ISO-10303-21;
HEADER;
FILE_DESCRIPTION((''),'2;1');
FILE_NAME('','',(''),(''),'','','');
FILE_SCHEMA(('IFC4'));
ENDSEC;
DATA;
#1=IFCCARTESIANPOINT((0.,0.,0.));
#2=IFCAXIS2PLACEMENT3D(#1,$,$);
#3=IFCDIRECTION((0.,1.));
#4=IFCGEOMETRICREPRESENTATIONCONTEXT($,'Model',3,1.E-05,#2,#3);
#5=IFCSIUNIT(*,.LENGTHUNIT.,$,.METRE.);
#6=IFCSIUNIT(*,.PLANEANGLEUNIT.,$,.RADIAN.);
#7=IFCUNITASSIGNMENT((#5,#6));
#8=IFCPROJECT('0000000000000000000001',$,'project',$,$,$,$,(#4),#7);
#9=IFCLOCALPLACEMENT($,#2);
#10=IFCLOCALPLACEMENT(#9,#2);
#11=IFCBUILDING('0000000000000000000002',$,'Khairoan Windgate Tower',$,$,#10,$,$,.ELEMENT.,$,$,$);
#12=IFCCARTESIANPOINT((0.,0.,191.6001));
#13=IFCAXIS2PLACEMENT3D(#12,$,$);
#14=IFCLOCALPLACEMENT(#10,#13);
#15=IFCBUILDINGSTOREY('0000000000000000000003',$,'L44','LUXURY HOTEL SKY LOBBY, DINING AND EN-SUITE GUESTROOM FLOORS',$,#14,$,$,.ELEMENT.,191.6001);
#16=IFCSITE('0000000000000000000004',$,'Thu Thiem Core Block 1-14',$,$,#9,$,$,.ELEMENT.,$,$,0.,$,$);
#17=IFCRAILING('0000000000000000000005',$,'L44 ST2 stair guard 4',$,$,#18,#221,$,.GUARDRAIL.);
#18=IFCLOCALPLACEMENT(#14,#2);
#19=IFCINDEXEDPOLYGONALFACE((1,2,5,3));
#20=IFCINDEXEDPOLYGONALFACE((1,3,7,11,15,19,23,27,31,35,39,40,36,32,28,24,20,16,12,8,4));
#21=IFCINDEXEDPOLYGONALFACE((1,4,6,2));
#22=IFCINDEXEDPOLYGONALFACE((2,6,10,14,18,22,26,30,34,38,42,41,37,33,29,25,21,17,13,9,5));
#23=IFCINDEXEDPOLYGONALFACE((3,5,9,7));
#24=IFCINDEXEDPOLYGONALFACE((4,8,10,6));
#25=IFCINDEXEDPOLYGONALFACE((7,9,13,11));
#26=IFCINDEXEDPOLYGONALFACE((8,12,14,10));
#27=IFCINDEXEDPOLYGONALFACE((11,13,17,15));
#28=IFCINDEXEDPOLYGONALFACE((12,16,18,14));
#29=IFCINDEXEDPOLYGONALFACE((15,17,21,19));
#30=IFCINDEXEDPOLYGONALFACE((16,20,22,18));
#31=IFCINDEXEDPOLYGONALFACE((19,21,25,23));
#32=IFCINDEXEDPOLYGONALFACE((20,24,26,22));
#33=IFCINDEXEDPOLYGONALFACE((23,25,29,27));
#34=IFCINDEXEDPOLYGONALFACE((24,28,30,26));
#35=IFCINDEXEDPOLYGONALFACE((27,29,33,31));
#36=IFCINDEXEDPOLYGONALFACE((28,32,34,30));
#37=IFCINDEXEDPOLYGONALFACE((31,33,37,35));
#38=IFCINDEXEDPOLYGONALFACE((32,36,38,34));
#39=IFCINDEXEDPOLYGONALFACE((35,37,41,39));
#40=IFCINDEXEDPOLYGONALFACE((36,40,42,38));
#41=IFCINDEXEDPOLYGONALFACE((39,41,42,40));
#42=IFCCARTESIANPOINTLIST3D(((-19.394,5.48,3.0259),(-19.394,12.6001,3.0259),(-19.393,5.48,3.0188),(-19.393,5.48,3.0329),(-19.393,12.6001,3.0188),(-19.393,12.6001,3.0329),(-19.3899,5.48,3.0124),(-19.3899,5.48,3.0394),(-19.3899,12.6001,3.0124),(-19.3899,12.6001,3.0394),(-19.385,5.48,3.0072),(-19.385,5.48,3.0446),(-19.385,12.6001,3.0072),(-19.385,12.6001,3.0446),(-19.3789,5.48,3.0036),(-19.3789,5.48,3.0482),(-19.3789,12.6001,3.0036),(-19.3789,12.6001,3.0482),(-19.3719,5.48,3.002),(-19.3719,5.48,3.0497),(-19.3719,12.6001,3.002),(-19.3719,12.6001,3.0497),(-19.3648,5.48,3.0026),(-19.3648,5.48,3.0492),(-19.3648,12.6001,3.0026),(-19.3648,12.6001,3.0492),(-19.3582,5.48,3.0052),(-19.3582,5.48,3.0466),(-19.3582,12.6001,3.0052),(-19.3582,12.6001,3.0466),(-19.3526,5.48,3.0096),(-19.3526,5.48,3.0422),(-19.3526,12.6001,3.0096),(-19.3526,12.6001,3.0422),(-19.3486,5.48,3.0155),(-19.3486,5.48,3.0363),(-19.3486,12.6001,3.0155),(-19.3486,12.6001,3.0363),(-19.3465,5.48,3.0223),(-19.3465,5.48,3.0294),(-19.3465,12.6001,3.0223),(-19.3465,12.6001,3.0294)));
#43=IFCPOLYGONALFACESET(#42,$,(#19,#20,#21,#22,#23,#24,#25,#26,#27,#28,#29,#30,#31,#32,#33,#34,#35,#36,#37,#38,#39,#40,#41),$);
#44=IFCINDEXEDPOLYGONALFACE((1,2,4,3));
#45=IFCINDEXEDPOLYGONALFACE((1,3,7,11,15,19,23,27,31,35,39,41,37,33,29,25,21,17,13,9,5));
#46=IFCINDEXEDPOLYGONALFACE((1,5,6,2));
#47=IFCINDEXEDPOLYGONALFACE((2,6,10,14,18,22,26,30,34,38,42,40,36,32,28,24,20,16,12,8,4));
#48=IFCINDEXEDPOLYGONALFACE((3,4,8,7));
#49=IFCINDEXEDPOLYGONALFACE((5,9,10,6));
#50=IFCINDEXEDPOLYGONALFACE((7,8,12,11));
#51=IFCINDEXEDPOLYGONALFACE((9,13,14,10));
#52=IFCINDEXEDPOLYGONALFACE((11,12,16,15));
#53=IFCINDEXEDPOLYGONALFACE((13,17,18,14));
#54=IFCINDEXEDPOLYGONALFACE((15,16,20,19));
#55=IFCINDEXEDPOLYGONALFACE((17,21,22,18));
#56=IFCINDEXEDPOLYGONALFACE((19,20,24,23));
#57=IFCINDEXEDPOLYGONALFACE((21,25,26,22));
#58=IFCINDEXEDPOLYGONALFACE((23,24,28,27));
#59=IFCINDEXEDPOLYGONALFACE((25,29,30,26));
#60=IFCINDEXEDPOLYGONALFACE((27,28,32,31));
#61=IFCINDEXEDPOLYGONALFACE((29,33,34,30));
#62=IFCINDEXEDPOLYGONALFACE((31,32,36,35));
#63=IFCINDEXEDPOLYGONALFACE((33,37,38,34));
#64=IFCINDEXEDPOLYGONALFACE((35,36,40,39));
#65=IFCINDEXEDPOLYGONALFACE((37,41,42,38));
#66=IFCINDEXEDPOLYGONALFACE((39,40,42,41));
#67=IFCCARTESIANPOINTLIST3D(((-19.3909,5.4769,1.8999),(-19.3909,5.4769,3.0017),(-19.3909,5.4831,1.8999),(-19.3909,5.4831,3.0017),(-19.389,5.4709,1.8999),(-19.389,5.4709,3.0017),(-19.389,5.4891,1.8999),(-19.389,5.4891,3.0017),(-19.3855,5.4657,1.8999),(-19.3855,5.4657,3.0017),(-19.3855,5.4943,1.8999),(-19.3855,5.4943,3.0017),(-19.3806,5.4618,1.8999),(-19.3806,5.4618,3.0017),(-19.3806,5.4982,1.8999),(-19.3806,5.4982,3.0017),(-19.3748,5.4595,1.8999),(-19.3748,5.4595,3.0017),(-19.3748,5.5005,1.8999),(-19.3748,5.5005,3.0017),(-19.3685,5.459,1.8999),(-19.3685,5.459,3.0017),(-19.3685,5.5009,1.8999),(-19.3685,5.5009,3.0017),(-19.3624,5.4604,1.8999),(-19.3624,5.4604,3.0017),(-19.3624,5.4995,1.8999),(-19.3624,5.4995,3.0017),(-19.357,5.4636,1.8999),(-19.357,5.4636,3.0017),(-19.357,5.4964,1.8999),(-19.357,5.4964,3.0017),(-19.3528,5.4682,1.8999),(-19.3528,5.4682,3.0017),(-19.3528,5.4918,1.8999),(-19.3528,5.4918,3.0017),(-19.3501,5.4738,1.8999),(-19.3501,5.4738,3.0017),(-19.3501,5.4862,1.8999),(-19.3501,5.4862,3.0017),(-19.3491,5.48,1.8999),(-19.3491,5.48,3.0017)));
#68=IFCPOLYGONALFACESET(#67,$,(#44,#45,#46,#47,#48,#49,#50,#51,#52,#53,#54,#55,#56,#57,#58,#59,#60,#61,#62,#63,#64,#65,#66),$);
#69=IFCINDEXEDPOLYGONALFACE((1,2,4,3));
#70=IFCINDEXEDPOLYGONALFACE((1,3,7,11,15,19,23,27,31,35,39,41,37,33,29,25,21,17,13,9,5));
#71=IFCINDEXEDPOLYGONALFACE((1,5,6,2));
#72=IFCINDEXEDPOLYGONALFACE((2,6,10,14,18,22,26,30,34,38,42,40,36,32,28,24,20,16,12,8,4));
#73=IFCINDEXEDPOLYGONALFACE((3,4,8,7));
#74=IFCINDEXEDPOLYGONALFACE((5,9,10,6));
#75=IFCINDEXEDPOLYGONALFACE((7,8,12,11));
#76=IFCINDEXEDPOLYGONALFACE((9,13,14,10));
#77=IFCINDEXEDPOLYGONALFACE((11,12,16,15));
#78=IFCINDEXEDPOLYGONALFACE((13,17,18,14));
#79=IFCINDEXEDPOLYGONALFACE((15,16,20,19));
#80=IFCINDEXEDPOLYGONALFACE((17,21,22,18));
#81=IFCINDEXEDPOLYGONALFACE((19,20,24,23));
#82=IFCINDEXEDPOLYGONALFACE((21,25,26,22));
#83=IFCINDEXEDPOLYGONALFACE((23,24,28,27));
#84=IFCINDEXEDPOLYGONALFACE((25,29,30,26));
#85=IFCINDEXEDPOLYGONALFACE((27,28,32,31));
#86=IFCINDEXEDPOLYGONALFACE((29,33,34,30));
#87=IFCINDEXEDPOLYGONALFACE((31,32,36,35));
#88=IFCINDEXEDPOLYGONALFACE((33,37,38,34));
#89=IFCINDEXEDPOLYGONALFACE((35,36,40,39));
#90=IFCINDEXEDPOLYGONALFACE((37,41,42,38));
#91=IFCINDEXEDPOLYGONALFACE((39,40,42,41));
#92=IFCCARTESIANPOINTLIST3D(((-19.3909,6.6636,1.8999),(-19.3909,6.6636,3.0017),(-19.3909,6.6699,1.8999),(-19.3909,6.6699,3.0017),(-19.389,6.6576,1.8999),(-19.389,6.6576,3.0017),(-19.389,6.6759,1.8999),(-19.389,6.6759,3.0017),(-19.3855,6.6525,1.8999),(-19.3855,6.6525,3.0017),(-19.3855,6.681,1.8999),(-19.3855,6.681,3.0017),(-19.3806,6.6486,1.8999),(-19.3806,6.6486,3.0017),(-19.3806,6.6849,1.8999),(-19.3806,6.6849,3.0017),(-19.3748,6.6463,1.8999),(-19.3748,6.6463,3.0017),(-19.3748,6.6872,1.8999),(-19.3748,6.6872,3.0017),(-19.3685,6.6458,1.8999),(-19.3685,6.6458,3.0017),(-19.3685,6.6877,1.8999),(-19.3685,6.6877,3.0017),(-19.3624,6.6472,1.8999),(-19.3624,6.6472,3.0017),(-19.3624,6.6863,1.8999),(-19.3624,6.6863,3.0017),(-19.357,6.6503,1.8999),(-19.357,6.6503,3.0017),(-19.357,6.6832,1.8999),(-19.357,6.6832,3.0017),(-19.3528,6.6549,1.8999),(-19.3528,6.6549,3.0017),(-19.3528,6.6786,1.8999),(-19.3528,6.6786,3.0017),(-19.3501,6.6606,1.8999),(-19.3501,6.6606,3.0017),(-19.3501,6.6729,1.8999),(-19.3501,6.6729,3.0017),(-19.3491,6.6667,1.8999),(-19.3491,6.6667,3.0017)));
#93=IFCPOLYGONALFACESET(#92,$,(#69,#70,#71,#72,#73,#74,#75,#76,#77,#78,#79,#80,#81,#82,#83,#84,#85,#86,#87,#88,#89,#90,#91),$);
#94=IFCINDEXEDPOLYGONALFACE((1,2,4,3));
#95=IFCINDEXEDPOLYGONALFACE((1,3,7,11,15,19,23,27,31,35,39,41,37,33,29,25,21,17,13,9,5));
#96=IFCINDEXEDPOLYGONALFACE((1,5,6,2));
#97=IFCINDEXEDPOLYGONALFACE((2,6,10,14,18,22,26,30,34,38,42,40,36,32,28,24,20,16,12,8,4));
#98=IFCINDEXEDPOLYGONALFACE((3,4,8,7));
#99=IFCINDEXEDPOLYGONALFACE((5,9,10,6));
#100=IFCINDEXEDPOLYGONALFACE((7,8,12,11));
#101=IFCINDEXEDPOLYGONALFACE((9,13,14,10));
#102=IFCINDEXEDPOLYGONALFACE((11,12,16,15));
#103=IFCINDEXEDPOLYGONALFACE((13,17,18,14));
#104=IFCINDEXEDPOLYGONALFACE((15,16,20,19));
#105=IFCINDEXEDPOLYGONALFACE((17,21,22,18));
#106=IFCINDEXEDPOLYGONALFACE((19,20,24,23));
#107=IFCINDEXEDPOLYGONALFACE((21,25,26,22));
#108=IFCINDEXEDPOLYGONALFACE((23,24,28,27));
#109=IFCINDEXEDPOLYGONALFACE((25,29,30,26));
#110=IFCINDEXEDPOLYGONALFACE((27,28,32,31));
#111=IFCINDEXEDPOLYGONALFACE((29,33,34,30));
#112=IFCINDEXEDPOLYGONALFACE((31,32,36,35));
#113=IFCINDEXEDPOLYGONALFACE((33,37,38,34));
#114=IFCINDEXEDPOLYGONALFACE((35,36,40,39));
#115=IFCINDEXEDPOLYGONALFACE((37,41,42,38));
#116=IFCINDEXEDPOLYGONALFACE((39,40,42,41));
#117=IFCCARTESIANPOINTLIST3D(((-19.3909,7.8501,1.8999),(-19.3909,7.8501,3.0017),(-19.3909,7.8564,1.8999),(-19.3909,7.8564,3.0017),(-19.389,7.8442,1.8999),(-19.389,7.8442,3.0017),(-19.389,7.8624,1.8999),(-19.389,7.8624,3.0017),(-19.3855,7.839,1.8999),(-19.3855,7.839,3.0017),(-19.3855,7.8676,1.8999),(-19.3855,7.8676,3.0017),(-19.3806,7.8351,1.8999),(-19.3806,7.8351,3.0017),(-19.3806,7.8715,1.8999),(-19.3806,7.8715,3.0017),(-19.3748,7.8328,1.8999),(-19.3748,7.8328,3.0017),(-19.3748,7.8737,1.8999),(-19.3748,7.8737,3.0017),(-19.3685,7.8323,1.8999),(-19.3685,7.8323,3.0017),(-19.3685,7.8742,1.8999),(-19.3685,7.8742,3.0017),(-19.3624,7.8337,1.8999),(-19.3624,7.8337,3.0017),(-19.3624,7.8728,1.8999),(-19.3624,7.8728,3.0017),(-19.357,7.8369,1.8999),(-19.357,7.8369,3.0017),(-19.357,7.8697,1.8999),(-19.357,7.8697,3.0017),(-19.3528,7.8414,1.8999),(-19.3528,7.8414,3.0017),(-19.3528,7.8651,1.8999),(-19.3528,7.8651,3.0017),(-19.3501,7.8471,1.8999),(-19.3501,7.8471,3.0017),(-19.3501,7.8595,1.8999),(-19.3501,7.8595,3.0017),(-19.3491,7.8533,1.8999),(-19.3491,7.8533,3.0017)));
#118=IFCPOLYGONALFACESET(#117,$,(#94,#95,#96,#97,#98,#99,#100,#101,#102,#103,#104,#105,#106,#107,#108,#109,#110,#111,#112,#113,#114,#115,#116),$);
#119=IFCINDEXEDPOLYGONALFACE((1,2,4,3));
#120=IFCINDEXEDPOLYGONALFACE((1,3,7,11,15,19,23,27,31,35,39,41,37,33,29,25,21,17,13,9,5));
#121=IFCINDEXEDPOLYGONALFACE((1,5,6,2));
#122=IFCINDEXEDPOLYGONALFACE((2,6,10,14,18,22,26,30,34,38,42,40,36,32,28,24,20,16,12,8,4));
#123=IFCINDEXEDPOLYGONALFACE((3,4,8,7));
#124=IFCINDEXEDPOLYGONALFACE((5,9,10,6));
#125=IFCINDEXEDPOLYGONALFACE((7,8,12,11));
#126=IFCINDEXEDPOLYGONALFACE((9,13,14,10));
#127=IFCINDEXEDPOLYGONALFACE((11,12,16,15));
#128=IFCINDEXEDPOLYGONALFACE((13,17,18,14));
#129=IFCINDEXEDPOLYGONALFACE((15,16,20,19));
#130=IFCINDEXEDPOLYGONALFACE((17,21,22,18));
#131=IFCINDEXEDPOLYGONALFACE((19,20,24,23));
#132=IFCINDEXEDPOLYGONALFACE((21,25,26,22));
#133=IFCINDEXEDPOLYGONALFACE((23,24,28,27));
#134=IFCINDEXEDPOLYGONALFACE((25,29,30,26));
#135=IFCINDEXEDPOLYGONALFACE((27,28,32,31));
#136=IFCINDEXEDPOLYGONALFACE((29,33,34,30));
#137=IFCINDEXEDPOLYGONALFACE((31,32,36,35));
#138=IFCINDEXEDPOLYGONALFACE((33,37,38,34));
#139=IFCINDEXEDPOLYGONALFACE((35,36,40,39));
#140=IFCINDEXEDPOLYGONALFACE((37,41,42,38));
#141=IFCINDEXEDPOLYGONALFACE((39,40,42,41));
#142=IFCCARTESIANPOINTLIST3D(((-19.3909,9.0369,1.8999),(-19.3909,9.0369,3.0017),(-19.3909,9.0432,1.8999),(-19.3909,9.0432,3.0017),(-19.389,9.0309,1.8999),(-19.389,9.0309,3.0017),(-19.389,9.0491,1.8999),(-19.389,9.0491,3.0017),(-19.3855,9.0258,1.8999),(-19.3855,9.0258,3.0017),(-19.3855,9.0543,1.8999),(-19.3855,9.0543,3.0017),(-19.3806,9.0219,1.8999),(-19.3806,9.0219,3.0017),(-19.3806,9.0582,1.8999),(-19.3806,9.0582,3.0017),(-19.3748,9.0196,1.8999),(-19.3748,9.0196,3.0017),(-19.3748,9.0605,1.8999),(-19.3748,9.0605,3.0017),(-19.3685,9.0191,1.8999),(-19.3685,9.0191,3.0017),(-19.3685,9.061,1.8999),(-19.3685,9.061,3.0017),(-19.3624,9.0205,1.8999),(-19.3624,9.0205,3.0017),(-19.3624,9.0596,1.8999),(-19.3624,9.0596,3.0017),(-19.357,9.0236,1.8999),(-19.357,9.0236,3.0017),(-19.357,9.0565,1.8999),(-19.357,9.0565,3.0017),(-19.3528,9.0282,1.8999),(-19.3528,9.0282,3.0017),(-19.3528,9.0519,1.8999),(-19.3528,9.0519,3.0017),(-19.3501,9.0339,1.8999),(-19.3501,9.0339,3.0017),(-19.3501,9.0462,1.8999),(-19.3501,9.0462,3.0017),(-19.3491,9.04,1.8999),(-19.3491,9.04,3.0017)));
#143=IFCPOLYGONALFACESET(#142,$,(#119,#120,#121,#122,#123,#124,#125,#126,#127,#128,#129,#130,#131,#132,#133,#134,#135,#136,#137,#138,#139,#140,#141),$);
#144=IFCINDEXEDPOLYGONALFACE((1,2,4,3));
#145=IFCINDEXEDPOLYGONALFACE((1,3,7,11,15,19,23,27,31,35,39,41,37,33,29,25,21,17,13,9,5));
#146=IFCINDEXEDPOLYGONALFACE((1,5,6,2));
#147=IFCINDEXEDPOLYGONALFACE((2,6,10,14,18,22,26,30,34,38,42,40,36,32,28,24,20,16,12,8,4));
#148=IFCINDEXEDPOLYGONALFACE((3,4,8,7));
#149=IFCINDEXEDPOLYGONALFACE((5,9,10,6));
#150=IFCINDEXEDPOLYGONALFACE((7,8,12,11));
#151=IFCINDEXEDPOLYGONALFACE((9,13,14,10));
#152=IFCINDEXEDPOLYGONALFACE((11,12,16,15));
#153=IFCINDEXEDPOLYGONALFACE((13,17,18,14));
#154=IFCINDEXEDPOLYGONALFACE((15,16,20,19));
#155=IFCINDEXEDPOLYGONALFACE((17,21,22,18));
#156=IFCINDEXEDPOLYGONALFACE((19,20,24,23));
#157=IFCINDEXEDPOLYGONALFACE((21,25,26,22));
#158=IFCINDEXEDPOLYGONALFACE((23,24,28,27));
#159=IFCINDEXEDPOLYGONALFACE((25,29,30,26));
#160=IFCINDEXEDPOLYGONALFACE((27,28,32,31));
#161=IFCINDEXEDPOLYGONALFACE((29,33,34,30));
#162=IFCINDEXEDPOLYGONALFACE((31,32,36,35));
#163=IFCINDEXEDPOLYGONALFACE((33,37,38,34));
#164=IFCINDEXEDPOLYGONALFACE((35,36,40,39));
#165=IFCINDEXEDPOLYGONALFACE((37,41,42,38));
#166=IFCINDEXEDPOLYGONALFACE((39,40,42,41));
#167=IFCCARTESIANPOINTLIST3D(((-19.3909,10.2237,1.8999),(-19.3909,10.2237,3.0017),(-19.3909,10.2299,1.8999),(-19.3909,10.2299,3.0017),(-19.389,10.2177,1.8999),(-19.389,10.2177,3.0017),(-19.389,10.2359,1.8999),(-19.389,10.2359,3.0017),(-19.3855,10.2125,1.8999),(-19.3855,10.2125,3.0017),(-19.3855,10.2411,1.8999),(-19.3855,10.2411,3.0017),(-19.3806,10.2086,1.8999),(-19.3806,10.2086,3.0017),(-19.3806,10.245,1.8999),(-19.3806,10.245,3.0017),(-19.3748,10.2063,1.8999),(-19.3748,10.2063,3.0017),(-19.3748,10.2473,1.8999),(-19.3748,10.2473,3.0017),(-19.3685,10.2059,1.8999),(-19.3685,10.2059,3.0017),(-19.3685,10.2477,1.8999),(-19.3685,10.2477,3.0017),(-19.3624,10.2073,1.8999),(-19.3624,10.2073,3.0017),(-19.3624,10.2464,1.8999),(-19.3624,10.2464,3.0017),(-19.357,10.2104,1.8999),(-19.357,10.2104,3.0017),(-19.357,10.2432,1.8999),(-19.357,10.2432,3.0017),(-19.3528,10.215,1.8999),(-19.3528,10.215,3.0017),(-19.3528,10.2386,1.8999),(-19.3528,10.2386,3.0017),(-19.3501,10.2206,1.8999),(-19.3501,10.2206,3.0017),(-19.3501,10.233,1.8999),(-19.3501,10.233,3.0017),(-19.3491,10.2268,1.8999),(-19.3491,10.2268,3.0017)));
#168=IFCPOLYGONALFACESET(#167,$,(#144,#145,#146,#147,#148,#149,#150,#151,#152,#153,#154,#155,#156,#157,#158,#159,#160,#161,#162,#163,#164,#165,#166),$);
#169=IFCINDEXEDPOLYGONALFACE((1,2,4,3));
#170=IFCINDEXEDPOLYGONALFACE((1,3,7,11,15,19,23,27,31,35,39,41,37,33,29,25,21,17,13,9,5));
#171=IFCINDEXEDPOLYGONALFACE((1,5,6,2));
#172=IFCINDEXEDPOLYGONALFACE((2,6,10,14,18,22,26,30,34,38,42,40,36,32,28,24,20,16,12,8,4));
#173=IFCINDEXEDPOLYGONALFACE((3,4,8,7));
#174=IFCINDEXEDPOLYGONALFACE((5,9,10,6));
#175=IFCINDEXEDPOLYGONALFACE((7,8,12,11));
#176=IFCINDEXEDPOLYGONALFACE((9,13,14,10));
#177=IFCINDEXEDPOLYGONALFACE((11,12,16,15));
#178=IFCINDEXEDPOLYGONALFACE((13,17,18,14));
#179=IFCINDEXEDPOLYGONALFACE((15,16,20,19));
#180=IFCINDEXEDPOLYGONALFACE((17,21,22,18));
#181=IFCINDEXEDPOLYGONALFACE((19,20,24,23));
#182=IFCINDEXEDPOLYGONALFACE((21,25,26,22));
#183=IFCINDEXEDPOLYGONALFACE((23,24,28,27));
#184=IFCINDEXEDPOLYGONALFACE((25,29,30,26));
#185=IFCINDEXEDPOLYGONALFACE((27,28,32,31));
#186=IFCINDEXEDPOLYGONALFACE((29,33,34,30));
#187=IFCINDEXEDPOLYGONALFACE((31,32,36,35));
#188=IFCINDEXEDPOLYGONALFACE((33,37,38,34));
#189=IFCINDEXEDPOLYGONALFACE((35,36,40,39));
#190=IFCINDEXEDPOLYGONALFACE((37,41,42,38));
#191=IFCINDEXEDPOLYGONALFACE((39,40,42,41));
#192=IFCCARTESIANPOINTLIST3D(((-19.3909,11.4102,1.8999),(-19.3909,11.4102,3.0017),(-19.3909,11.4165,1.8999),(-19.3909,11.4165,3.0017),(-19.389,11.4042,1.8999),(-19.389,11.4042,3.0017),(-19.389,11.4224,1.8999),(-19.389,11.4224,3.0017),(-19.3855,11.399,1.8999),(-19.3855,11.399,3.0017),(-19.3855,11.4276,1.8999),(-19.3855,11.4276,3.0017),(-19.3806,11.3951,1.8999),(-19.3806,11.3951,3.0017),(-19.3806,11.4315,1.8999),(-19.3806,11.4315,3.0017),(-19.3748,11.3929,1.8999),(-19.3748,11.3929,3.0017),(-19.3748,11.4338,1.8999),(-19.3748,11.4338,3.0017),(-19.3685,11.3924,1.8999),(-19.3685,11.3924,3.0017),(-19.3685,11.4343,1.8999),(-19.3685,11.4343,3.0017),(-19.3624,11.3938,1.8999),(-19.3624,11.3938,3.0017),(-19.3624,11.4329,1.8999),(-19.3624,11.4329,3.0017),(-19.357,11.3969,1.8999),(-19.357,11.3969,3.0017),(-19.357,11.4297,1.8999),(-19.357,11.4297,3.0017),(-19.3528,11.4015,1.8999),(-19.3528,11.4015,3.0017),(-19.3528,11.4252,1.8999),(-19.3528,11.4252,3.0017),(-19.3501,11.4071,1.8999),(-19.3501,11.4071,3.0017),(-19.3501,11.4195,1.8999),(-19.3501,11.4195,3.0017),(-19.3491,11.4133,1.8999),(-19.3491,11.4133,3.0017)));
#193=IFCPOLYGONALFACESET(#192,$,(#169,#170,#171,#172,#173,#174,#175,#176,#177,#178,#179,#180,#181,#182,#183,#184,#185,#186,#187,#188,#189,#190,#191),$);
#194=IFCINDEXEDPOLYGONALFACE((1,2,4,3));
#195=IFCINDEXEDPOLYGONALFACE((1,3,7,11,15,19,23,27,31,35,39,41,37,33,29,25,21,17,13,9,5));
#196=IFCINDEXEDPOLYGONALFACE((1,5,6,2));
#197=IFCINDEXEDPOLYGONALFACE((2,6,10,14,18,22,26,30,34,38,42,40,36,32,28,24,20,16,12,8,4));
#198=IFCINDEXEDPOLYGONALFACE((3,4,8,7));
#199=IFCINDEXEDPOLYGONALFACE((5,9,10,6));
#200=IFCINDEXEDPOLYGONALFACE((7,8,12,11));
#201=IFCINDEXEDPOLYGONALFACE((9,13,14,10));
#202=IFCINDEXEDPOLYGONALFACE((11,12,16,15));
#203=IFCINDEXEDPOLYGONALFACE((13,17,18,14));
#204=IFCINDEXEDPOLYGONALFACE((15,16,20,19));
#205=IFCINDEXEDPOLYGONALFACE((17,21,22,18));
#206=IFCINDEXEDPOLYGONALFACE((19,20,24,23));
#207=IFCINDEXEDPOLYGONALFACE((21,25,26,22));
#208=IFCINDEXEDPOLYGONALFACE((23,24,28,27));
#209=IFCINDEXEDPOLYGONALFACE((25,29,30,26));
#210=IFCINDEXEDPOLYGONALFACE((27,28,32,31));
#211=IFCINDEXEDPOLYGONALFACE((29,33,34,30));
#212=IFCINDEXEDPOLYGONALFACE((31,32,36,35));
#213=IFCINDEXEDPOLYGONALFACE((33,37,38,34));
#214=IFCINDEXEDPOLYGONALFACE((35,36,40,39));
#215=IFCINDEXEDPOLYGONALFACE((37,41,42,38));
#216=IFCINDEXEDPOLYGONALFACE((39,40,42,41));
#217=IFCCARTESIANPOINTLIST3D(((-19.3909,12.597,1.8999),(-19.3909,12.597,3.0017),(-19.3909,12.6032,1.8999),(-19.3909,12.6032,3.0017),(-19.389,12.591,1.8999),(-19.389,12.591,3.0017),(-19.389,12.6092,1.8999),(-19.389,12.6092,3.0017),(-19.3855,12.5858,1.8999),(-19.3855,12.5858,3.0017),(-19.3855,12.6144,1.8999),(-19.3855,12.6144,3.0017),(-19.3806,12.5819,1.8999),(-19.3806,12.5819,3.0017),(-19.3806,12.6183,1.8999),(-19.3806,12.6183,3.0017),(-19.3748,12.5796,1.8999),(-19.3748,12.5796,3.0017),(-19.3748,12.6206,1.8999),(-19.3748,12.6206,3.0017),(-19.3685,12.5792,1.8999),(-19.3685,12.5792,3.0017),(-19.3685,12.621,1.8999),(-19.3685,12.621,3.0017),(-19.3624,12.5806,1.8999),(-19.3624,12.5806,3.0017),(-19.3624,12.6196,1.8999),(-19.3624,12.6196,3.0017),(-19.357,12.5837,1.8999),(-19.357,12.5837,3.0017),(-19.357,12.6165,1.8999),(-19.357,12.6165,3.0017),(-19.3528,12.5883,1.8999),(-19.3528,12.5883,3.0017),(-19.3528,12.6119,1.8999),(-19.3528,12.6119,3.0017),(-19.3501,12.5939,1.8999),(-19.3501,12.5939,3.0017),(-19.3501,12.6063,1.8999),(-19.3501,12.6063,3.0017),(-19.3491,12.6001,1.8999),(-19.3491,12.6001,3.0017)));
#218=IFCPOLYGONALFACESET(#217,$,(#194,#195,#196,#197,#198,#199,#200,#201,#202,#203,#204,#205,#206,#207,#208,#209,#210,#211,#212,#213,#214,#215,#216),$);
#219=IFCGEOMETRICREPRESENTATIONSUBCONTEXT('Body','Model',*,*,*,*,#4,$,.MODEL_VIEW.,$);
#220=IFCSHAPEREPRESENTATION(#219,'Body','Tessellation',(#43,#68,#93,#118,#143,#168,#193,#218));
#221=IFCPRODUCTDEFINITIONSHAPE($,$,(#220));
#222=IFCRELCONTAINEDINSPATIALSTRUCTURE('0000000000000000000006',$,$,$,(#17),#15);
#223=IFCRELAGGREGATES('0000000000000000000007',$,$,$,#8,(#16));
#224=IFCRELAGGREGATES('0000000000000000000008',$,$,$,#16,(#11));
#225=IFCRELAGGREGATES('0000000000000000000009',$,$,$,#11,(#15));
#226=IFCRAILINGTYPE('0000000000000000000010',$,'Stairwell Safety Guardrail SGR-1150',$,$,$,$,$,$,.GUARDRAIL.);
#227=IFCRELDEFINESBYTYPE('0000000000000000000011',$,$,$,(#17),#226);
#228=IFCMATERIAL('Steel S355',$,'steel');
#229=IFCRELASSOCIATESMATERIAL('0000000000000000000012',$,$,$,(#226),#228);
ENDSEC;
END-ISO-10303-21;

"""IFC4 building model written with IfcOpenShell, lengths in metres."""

from ifc_helpers import new_model, si_unit, direction, frame, origin, origin_2d, place, context, subcontext, project, spatial, circle, extrude, material, type_object, element, save


model = new_model("IFC4")

# Units and contexts
model_context = context("Model", 3, precision=1e-05, world=origin(), true_north=direction((0.0, 1.0)))
body_context = subcontext(model_context, "Body", "Model", "MODEL_VIEW")
ifc_project = project(units=[si_unit("LENGTHUNIT", "METRE"), si_unit("PLANEANGLEUNIT", "RADIAN")], contexts=[model_context])

# Site, building, storey
site_placement = place(None, origin())
site = spatial("IfcSite", under=ifc_project, at=site_placement, Name="Thu Thiem Core Block 1-14", CompositionType="ELEMENT", RefElevation=0.0)
building_placement = place(site_placement, origin())
building = spatial("IfcBuilding", under=site, at=building_placement, Name="Khairoan Windgate Tower", CompositionType="ELEMENT")
storey_placement = place(building_placement, frame((0.0, 0.0, 191.6001)))
storey = spatial("IfcBuildingStorey", under=building, at=storey_placement, Name="L44", Description="LUXURY HOTEL SKY LOBBY, DINING AND EN-SUITE GUESTROOM FLOORS", CompositionType="ELEMENT", Elevation=191.6001)

# Railing
ifc_material_1 = material(Name="Steel S355", Category="steel")
railing_type_1 = type_object("IfcRailingType", Name="Stairwell Safety Guardrail SGR-1150", PredefinedType="GUARDRAIL", material=ifc_material_1)
railing_1_placement = place(storey_placement, frame((-19.3701, 5.48, 1.8999)))
element("IfcRailing", 1, at=railing_1_placement, inside=storey, type_object=railing_type_1, Name="L44 ST2 stair guard 4", PredefinedType="GUARDRAIL", context=body_context, shape_type="SweptSolid", body=[
    extrude(circle(Radius=0.0239, at=origin_2d()), frame((0.0, 0.0, 1.126), z_axis=(0.0, 1.0, 0.0), x_axis=(-1.0, 0.0, 0.0)), (0.0, 0.0, 1.0), 7.1201),
    extrude(circle(Radius=0.021, at=origin_2d()), origin(), (0.0, 0.0, 1.0), 1.1018),
    extrude(circle(Radius=0.021, at=origin_2d()), frame((0.0, 1.1868, 0.0)), (0.0, 0.0, 1.0), 1.1018),
    extrude(circle(Radius=0.021, at=origin_2d()), frame((0.0, 2.3733, 0.0)), (0.0, 0.0, 1.0), 1.1018),
    extrude(circle(Radius=0.021, at=origin_2d()), frame((0.0, 3.5601, 0.0)), (0.0, 0.0, 1.0), 1.1018),
    extrude(circle(Radius=0.021, at=origin_2d()), frame((0.0, 4.7468, 0.0)), (0.0, 0.0, 1.0), 1.1018),
    extrude(circle(Radius=0.021, at=origin_2d()), frame((0.0, 5.9333, 0.0)), (0.0, 0.0, 1.0), 1.1018),
    extrude(circle(Radius=0.021, at=origin_2d()), frame((0.0, 7.1201, 0.0)), (0.0, 0.0, 1.0), 1.1018),
])

save(model, "model.ifc")
